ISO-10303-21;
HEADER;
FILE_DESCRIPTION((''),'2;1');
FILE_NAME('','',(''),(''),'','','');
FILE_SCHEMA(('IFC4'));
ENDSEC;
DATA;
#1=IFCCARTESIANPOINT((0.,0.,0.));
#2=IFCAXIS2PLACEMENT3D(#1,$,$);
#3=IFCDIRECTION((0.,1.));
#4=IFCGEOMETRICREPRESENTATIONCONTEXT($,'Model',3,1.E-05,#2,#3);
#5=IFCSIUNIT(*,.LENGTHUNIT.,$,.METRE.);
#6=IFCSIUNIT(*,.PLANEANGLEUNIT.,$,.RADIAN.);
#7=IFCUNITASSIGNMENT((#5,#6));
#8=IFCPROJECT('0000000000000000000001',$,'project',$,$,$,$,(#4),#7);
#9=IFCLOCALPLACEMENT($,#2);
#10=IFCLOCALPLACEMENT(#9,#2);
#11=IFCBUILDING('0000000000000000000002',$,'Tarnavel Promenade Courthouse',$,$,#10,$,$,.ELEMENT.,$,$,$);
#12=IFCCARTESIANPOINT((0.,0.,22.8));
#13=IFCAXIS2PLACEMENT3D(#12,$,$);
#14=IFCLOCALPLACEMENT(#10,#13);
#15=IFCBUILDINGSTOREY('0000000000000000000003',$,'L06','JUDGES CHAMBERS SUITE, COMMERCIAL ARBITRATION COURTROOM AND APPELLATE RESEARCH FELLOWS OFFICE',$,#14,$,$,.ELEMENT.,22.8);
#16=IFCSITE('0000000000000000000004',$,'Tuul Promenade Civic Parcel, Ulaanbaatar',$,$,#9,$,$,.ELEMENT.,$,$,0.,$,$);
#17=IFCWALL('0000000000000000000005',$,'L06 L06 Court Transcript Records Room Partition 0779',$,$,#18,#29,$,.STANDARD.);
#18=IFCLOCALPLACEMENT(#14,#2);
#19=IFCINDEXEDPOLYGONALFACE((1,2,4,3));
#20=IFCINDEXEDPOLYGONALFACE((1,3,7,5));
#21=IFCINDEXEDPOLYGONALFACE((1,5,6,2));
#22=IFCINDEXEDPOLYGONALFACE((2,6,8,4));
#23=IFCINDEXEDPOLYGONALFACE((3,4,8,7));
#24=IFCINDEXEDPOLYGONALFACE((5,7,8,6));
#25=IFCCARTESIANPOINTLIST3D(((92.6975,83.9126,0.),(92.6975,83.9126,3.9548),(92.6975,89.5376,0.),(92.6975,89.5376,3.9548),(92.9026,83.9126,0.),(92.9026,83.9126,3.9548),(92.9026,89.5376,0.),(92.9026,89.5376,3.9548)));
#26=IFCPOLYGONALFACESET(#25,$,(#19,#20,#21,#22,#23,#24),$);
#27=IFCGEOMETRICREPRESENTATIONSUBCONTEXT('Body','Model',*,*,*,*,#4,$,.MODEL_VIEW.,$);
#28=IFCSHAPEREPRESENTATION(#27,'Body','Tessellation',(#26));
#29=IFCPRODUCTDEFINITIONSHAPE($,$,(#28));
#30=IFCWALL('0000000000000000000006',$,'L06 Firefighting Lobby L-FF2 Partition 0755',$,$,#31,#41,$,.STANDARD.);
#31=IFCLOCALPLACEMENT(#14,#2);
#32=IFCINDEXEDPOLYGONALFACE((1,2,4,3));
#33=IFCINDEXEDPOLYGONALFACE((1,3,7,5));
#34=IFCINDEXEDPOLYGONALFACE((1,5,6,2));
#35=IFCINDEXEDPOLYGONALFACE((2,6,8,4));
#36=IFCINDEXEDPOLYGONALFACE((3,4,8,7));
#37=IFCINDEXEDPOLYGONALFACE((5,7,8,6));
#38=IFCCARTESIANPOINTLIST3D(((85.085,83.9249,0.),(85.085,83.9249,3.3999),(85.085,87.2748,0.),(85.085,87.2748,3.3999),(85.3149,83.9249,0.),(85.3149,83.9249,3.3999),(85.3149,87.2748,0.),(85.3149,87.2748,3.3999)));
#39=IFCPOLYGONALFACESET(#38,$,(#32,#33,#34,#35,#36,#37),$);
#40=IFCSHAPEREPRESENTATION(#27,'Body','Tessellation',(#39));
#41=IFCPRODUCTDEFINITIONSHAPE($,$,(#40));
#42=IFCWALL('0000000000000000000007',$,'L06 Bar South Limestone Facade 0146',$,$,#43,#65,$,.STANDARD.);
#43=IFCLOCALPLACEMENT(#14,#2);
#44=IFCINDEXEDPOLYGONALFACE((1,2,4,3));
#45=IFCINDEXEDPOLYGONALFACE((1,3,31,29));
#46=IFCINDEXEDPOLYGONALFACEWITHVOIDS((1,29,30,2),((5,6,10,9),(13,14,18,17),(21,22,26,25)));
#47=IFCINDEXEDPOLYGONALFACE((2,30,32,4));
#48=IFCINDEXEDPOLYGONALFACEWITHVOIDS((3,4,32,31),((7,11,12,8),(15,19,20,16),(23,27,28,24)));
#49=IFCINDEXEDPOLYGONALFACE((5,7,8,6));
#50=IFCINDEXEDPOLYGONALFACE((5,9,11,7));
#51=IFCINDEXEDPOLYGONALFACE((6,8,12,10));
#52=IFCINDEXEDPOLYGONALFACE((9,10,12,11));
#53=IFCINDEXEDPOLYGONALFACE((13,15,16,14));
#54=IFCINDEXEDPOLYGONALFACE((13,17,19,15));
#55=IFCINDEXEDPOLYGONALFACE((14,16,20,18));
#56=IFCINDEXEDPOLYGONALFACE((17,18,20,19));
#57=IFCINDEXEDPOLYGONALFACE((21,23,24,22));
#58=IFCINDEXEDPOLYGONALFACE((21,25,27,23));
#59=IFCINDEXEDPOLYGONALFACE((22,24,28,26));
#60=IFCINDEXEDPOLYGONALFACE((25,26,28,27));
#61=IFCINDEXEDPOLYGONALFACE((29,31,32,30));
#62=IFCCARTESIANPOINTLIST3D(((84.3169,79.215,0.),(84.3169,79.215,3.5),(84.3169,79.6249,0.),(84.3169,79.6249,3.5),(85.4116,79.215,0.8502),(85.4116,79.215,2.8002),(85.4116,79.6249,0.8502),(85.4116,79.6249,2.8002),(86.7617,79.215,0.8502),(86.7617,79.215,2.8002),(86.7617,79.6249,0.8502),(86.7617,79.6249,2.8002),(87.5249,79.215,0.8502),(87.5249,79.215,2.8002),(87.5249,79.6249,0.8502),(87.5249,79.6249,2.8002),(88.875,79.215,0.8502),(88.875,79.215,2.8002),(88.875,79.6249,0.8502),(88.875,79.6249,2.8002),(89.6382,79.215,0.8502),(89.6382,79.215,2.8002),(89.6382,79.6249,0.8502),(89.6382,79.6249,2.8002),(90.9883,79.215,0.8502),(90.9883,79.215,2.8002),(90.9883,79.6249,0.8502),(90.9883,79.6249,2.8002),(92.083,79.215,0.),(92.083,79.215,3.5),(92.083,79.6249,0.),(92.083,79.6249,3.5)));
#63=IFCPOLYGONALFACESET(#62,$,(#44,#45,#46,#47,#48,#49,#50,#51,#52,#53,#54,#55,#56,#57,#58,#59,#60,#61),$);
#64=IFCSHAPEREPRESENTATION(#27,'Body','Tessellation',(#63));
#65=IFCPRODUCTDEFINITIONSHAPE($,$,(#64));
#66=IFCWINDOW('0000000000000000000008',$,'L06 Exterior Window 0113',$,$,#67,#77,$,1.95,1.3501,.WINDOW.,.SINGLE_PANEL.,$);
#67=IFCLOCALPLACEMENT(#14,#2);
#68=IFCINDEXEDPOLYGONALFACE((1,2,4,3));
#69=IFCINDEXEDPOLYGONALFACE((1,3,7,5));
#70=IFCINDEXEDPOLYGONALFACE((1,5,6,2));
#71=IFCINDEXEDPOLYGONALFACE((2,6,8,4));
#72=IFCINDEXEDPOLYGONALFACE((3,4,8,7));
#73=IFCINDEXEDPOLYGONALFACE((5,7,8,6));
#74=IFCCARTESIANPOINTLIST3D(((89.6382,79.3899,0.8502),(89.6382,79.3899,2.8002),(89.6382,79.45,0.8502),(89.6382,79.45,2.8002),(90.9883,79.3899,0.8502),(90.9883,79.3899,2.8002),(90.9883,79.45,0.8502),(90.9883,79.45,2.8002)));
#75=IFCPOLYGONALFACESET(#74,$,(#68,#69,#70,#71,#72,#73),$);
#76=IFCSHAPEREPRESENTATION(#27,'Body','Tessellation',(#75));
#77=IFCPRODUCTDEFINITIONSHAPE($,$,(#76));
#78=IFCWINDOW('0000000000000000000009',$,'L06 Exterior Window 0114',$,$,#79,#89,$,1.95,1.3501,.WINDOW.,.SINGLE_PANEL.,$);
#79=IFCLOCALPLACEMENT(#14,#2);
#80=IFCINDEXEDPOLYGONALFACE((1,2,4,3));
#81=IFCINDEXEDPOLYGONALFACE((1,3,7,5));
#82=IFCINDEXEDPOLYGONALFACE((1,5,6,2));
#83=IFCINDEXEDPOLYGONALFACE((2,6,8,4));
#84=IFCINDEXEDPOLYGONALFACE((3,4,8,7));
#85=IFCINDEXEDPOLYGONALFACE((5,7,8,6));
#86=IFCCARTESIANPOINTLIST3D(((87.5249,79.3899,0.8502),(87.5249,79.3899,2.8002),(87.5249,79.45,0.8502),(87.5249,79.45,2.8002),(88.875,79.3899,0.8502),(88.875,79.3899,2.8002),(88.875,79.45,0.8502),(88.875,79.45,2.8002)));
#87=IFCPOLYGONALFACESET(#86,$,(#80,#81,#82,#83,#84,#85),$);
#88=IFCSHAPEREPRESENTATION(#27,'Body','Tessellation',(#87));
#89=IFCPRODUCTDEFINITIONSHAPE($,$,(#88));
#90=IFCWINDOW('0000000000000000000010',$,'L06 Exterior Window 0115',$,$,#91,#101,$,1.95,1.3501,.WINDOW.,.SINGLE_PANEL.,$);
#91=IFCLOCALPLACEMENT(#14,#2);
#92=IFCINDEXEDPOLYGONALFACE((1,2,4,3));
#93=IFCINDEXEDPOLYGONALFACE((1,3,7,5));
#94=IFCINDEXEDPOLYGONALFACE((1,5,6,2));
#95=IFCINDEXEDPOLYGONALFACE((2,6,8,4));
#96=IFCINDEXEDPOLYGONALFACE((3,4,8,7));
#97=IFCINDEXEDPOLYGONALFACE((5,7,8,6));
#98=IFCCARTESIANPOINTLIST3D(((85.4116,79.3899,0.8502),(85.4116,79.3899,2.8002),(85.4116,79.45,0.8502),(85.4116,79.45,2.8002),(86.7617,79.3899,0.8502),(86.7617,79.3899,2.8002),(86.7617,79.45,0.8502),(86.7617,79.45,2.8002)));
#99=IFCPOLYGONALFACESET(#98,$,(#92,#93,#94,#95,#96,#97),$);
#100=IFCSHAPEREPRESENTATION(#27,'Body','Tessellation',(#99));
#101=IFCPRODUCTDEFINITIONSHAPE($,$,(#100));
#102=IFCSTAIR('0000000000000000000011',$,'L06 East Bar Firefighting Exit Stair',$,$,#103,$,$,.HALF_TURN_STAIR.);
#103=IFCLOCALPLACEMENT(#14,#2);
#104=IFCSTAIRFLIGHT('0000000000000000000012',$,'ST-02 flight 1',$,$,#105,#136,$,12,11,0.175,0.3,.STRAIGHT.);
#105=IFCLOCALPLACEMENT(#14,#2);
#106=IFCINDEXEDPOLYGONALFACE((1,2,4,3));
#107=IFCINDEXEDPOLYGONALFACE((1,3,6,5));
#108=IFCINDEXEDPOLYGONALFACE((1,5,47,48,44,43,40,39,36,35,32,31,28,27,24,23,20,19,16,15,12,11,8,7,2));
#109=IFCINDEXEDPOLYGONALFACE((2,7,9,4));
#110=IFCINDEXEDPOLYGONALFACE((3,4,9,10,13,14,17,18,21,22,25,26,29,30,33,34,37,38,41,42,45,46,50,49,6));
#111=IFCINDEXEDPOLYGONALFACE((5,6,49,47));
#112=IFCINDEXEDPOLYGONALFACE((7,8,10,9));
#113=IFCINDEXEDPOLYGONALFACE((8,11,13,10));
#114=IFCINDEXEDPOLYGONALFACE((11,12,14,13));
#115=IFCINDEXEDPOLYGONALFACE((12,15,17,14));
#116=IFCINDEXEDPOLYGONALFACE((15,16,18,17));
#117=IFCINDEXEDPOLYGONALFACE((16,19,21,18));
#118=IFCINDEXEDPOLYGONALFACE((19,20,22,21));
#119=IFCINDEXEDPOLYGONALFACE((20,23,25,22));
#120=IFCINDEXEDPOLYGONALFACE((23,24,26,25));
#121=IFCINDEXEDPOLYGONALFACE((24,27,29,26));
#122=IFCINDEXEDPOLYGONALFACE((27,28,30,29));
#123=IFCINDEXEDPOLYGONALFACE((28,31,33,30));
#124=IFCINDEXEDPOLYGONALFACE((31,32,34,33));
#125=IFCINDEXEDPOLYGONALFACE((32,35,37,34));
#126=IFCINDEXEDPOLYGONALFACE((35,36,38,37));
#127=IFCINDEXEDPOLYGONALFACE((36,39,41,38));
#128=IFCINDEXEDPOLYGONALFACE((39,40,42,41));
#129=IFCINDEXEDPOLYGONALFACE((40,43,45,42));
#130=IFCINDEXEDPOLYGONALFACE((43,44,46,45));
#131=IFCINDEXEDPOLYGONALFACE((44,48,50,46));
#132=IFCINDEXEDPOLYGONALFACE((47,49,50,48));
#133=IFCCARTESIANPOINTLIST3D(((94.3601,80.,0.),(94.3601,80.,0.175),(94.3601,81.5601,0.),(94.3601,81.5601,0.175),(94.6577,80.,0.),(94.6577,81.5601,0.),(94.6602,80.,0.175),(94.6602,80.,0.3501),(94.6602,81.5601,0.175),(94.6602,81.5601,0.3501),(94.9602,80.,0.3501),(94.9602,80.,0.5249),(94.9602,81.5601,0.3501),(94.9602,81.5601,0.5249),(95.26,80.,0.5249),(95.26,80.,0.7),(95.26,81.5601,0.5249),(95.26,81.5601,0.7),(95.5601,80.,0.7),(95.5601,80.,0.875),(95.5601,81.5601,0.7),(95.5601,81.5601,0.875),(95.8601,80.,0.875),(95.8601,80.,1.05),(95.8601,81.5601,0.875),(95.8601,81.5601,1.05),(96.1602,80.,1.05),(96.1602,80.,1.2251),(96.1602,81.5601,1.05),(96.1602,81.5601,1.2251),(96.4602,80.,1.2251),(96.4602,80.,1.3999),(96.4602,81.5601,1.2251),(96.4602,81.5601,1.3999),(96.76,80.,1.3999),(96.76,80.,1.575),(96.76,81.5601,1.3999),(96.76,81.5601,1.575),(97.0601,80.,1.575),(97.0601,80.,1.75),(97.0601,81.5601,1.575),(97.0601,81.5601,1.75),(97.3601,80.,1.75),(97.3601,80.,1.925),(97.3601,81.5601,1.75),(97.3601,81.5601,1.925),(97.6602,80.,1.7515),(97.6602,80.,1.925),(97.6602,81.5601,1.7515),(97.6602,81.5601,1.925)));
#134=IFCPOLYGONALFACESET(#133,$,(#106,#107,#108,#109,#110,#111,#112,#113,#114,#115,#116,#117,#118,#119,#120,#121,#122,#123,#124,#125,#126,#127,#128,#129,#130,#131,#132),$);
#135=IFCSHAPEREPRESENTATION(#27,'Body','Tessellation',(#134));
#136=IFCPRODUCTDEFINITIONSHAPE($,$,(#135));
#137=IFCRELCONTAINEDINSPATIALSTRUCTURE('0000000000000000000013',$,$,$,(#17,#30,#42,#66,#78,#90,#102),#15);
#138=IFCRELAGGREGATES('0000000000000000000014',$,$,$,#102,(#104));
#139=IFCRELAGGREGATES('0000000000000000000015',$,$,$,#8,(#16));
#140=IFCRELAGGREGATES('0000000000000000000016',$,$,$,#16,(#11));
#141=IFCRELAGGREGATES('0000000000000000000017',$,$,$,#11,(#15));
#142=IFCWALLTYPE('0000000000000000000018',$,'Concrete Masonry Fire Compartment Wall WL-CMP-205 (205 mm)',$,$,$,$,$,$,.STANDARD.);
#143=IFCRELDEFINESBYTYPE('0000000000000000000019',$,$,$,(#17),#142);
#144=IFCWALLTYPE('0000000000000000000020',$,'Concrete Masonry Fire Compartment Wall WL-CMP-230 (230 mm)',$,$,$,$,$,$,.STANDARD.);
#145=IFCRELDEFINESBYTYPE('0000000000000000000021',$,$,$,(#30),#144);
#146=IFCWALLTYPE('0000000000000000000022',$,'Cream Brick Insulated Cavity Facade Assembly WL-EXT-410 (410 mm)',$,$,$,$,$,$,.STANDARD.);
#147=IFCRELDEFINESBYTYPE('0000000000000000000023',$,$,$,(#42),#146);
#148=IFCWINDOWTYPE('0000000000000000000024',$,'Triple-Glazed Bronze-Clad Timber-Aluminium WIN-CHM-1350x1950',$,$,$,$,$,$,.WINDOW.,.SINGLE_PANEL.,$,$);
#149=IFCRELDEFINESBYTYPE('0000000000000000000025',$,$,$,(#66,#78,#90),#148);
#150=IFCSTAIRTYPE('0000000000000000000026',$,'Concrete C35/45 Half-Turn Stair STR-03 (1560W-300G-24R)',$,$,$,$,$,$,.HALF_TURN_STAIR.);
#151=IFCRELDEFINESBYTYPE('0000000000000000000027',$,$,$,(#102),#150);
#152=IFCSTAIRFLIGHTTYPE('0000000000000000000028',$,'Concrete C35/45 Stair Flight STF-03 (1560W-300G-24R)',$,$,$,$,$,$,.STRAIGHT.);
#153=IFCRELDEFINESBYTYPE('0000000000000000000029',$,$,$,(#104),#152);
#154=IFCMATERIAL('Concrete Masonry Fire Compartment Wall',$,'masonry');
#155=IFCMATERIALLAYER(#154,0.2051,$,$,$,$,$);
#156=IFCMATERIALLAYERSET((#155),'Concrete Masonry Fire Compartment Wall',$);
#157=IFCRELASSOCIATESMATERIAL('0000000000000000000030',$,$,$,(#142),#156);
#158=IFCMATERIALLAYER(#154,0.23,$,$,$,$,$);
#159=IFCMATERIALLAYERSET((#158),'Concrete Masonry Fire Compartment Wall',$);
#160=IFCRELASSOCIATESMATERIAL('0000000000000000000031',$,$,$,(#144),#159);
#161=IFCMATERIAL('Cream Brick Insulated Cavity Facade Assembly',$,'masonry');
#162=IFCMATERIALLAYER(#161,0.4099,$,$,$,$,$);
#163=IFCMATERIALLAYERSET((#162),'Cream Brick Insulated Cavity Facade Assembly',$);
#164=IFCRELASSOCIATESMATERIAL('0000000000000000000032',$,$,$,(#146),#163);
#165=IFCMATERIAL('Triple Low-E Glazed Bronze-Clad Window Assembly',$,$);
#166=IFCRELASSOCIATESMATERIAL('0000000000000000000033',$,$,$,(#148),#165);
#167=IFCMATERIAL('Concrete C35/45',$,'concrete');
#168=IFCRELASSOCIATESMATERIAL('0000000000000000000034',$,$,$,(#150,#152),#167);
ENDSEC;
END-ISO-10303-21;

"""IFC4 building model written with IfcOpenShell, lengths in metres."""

from ifc_helpers import new_model, si_unit, direction, frame, frame_2d, origin, place, context, subcontext, project, spatial, polyline, rectangle, outline, extrude, material, layer, layer_set, type_object, element, fill, aggregate, save


model = new_model("IFC4")

# Units and contexts
model_context = context("Model", 3, precision=1e-05, world=origin(), true_north=direction((0.0, 1.0)))
body_context = subcontext(model_context, "Body", "Model", "MODEL_VIEW")
ifc_project = project(units=[si_unit("LENGTHUNIT", "METRE"), si_unit("PLANEANGLEUNIT", "RADIAN")], contexts=[model_context])

# Site, building, storey
site_placement = place(None, origin())
site = spatial("IfcSite", under=ifc_project, at=site_placement, Name="Tuul Promenade Civic Parcel, Ulaanbaatar", CompositionType="ELEMENT", RefElevation=0.0)
building_placement = place(site_placement, origin())
building = spatial("IfcBuilding", under=site, at=building_placement, Name="Tarnavel Promenade Courthouse", CompositionType="ELEMENT")
storey_placement = place(building_placement, frame((0.0, 0.0, 22.8)))
storey = spatial("IfcBuildingStorey", under=building, at=storey_placement, Name="L06", Description="JUDGES CHAMBERS SUITE, COMMERCIAL ARBITRATION COURTROOM AND APPELLATE RESEARCH FELLOWS OFFICE", CompositionType="ELEMENT", Elevation=22.8)

# Walls
ifc_material_1 = material(Name="Concrete Masonry Fire Compartment Wall", Category="masonry")
ifc_layer_1 = layer(ifc_material_1, 0.2051)
ifc_layer_set_1 = layer_set([ifc_layer_1], Name="Concrete Masonry Fire Compartment Wall")
wall_type_1 = type_object("IfcWallType", Name="Concrete Masonry Fire Compartment Wall WL-CMP-205 (205 mm)", PredefinedType="STANDARD", material=ifc_layer_set_1)
wall_1_placement = place(storey_placement, frame((92.8, 83.9126, 0.0), z_axis=(0.0, 0.0, 1.0), x_axis=(0.0, 1.0, 0.0)))
element("IfcWall", 1, at=wall_1_placement, inside=storey, type_object=wall_type_1, Name="L06 L06 Court Transcript Records Room Partition 0779", PredefinedType="STANDARD", context=body_context, shape_type="SweptSolid", body=[
    extrude(rectangle(XDim=5.625, YDim=0.2051, at=frame_2d((2.8125, 0.0))), origin(), (0.0, 0.0, 1.0), 3.9548),
])
ifc_layer_2 = layer(ifc_material_1, 0.23)
ifc_layer_set_2 = layer_set([ifc_layer_2], Name="Concrete Masonry Fire Compartment Wall")
wall_type_2 = type_object("IfcWallType", Name="Concrete Masonry Fire Compartment Wall WL-CMP-230 (230 mm)", PredefinedType="STANDARD", material=ifc_layer_set_2)
wall_2_placement = place(storey_placement, frame((85.2, 83.925, 0.0), z_axis=(0.0, 0.0, 1.0), x_axis=(0.0, 1.0, 0.0)))
element("IfcWall", 2, at=wall_2_placement, inside=storey, type_object=wall_type_2, Name="L06 Firefighting Lobby L-FF2 Partition 0755", PredefinedType="STANDARD", context=body_context, shape_type="SweptSolid", body=[
    extrude(rectangle(XDim=3.3499, YDim=0.23, at=frame_2d((1.6748, 0.0))), origin(), (0.0, 0.0, 1.0), 3.3999),
])

# Wall, openings, windows
ifc_material_2 = material(Name="Cream Brick Insulated Cavity Facade Assembly", Category="masonry")
ifc_layer_3 = layer(ifc_material_2, 0.4099)
ifc_layer_set_3 = layer_set([ifc_layer_3], Name="Cream Brick Insulated Cavity Facade Assembly")
wall_type_3 = type_object("IfcWallType", Name="Cream Brick Insulated Cavity Facade Assembly WL-EXT-410 (410 mm)", PredefinedType="STANDARD", material=ifc_layer_set_3)
wall_3_placement = place(storey_placement, frame((92.083, 79.4199, 0.0), z_axis=(0.0, 0.0, 1.0), x_axis=(-1.0, 0.0, 0.0)))
wall_3 = element("IfcWall", 3, at=wall_3_placement, inside=storey, type_object=wall_type_3, Name="L06 Bar South Limestone Facade 0146", PredefinedType="STANDARD", context=body_context, shape_type="SweptSolid", body=[
    extrude(rectangle(XDim=7.7661, YDim=0.4099, at=frame_2d((3.8831, 0.0))), origin(), (0.0, 0.0, 1.0), 3.5),
])
opening_1_placement = place(wall_3_placement, frame((1.0947, 0.0, 0.8501)))
opening_1 = element("IfcOpeningElement", 4, at=opening_1_placement, cuts=wall_3, PredefinedType="OPENING", context=body_context, shape_type="SweptSolid", body=[
    extrude(rectangle(XDim=1.3501, YDim=1.95, at=frame_2d((0.675, 0.9751))), frame((0.0, 0.2148, 0.0), z_axis=(0.0, -1.0, 0.0), x_axis=(1.0, 0.0, 0.0)), (0.0, 0.0, 1.0), 0.4299),
])
opening_2_placement = place(wall_3_placement, frame((3.208, 0.0, 0.8501)))
opening_2 = element("IfcOpeningElement", 5, at=opening_2_placement, cuts=wall_3, PredefinedType="OPENING", context=body_context, shape_type="SweptSolid", body=[
    extrude(rectangle(XDim=1.3501, YDim=1.95, at=frame_2d((0.675, 0.9751))), frame((0.0, 0.2148, 0.0), z_axis=(0.0, -1.0, 0.0), x_axis=(1.0, 0.0, 0.0)), (0.0, 0.0, 1.0), 0.4299),
])
opening_3_placement = place(wall_3_placement, frame((5.3213, 0.0, 0.8501)))
opening_3 = element("IfcOpeningElement", 6, at=opening_3_placement, cuts=wall_3, PredefinedType="OPENING", context=body_context, shape_type="SweptSolid", body=[
    extrude(rectangle(XDim=1.3501, YDim=1.95, at=frame_2d((0.675, 0.9751))), frame((0.0, 0.2148, 0.0), z_axis=(0.0, -1.0, 0.0), x_axis=(1.0, 0.0, 0.0)), (0.0, 0.0, 1.0), 0.4299),
])
ifc_material_3 = material(Name="Triple Low-E Glazed Bronze-Clad Window Assembly")
window_type = type_object("IfcWindowType", Name="Triple-Glazed Bronze-Clad Timber-Aluminium WIN-CHM-1350x1950", PartitioningType="SINGLE_PANEL", PredefinedType="WINDOW", material=ifc_material_3)
window_1_placement = place(opening_1_placement, origin())
window_1 = element("IfcWindow", 7, at=window_1_placement, inside=storey, type_object=window_type, Name="L06 Exterior Window 0113", OverallHeight=1.95, OverallWidth=1.3501, PartitioningType="SINGLE_PANEL", PredefinedType="WINDOW", context=body_context, shape_type="SweptSolid", body=[
    extrude(rectangle(XDim=1.3501, YDim=1.95, at=frame_2d((0.675, 0.9751))), frame((0.0, 0.03, 0.0), z_axis=(0.0, -1.0, 0.0), x_axis=(1.0, 0.0, 0.0)), (0.0, 0.0, 1.0), 0.0601),
])
fill(opening_1, window_1)
window_2_placement = place(opening_2_placement, origin())
window_2 = element("IfcWindow", 8, at=window_2_placement, inside=storey, type_object=window_type, Name="L06 Exterior Window 0114", OverallHeight=1.95, OverallWidth=1.3501, PartitioningType="SINGLE_PANEL", PredefinedType="WINDOW", context=body_context, shape_type="SweptSolid", body=[
    extrude(rectangle(XDim=1.3501, YDim=1.95, at=frame_2d((0.675, 0.9751))), frame((0.0, 0.03, 0.0), z_axis=(0.0, -1.0, 0.0), x_axis=(1.0, 0.0, 0.0)), (0.0, 0.0, 1.0), 0.0601),
])
fill(opening_2, window_2)
window_3_placement = place(opening_3_placement, origin())
window_3 = element("IfcWindow", 9, at=window_3_placement, inside=storey, type_object=window_type, Name="L06 Exterior Window 0115", OverallHeight=1.95, OverallWidth=1.3501, PartitioningType="SINGLE_PANEL", PredefinedType="WINDOW", context=body_context, shape_type="SweptSolid", body=[
    extrude(rectangle(XDim=1.3501, YDim=1.95, at=frame_2d((0.675, 0.9751))), frame((0.0, 0.03, 0.0), z_axis=(0.0, -1.0, 0.0), x_axis=(1.0, 0.0, 0.0)), (0.0, 0.0, 1.0), 0.0601),
])
fill(opening_3, window_3)

# Stair, stair flight
ifc_material_4 = material(Name="Concrete C35/45", Category="concrete")
stair_type = type_object("IfcStairType", Name="Concrete C35/45 Half-Turn Stair STR-03 (1560W-300G-24R)", PredefinedType="HALF_TURN_STAIR", material=ifc_material_4)
stair_placement = place(storey_placement, origin())
stair = element("IfcStair", 10, at=stair_placement, inside=storey, type_object=stair_type, Name="L06 East Bar Firefighting Exit Stair", PredefinedType="HALF_TURN_STAIR")
stair_flight_type = type_object("IfcStairFlightType", Name="Concrete C35/45 Stair Flight STF-03 (1560W-300G-24R)", PredefinedType="STRAIGHT", material=ifc_material_4)
stair_flight_placement = place(storey_placement, frame((94.3601, 80.78, 0.0), z_axis=(0.0, 0.0, 1.0), x_axis=(1.0, 0.0, 0.0)))
stair_flight = element("IfcStairFlight", 11, at=stair_flight_placement, type_object=stair_flight_type, Name="ST-02 flight 1", NumberOfRisers=12, NumberOfTreads=11, PredefinedType="STRAIGHT", RiserHeight=0.175, TreadLength=0.3, context=body_context, shape_type="SweptSolid", body=[
    extrude(outline(polyline([(0.0, 0.0), (0.0, 0.175), (0.3, 0.175), (0.3, 0.3501), (0.6001, 0.3501), (0.6001, 0.5249), (0.8999, 0.5249), (0.8999, 0.7), (1.2, 0.7), (1.2, 0.875), (1.5, 0.875), (1.5, 1.05), (1.8, 1.05), (1.8, 1.2251), (2.1001, 1.2251), (2.1001, 1.3999), (2.3999, 1.3999), (2.3999, 1.575), (2.7, 1.575), (2.7, 1.75), (3.0, 1.75), (3.0, 1.925), (3.3, 1.925), (3.3, 2.1001), (3.3, 1.7515), (0.2976, 0.0), (0.0, 0.0)])), frame((0.0, 0.78, 0.0), z_axis=(0.0, -1.0, 0.0), x_axis=(1.0, 0.0, 0.0)), (0.0, 0.0, 1.0), 1.5601),
])
aggregate(stair, [stair_flight])

save(model, "model.ifc")
